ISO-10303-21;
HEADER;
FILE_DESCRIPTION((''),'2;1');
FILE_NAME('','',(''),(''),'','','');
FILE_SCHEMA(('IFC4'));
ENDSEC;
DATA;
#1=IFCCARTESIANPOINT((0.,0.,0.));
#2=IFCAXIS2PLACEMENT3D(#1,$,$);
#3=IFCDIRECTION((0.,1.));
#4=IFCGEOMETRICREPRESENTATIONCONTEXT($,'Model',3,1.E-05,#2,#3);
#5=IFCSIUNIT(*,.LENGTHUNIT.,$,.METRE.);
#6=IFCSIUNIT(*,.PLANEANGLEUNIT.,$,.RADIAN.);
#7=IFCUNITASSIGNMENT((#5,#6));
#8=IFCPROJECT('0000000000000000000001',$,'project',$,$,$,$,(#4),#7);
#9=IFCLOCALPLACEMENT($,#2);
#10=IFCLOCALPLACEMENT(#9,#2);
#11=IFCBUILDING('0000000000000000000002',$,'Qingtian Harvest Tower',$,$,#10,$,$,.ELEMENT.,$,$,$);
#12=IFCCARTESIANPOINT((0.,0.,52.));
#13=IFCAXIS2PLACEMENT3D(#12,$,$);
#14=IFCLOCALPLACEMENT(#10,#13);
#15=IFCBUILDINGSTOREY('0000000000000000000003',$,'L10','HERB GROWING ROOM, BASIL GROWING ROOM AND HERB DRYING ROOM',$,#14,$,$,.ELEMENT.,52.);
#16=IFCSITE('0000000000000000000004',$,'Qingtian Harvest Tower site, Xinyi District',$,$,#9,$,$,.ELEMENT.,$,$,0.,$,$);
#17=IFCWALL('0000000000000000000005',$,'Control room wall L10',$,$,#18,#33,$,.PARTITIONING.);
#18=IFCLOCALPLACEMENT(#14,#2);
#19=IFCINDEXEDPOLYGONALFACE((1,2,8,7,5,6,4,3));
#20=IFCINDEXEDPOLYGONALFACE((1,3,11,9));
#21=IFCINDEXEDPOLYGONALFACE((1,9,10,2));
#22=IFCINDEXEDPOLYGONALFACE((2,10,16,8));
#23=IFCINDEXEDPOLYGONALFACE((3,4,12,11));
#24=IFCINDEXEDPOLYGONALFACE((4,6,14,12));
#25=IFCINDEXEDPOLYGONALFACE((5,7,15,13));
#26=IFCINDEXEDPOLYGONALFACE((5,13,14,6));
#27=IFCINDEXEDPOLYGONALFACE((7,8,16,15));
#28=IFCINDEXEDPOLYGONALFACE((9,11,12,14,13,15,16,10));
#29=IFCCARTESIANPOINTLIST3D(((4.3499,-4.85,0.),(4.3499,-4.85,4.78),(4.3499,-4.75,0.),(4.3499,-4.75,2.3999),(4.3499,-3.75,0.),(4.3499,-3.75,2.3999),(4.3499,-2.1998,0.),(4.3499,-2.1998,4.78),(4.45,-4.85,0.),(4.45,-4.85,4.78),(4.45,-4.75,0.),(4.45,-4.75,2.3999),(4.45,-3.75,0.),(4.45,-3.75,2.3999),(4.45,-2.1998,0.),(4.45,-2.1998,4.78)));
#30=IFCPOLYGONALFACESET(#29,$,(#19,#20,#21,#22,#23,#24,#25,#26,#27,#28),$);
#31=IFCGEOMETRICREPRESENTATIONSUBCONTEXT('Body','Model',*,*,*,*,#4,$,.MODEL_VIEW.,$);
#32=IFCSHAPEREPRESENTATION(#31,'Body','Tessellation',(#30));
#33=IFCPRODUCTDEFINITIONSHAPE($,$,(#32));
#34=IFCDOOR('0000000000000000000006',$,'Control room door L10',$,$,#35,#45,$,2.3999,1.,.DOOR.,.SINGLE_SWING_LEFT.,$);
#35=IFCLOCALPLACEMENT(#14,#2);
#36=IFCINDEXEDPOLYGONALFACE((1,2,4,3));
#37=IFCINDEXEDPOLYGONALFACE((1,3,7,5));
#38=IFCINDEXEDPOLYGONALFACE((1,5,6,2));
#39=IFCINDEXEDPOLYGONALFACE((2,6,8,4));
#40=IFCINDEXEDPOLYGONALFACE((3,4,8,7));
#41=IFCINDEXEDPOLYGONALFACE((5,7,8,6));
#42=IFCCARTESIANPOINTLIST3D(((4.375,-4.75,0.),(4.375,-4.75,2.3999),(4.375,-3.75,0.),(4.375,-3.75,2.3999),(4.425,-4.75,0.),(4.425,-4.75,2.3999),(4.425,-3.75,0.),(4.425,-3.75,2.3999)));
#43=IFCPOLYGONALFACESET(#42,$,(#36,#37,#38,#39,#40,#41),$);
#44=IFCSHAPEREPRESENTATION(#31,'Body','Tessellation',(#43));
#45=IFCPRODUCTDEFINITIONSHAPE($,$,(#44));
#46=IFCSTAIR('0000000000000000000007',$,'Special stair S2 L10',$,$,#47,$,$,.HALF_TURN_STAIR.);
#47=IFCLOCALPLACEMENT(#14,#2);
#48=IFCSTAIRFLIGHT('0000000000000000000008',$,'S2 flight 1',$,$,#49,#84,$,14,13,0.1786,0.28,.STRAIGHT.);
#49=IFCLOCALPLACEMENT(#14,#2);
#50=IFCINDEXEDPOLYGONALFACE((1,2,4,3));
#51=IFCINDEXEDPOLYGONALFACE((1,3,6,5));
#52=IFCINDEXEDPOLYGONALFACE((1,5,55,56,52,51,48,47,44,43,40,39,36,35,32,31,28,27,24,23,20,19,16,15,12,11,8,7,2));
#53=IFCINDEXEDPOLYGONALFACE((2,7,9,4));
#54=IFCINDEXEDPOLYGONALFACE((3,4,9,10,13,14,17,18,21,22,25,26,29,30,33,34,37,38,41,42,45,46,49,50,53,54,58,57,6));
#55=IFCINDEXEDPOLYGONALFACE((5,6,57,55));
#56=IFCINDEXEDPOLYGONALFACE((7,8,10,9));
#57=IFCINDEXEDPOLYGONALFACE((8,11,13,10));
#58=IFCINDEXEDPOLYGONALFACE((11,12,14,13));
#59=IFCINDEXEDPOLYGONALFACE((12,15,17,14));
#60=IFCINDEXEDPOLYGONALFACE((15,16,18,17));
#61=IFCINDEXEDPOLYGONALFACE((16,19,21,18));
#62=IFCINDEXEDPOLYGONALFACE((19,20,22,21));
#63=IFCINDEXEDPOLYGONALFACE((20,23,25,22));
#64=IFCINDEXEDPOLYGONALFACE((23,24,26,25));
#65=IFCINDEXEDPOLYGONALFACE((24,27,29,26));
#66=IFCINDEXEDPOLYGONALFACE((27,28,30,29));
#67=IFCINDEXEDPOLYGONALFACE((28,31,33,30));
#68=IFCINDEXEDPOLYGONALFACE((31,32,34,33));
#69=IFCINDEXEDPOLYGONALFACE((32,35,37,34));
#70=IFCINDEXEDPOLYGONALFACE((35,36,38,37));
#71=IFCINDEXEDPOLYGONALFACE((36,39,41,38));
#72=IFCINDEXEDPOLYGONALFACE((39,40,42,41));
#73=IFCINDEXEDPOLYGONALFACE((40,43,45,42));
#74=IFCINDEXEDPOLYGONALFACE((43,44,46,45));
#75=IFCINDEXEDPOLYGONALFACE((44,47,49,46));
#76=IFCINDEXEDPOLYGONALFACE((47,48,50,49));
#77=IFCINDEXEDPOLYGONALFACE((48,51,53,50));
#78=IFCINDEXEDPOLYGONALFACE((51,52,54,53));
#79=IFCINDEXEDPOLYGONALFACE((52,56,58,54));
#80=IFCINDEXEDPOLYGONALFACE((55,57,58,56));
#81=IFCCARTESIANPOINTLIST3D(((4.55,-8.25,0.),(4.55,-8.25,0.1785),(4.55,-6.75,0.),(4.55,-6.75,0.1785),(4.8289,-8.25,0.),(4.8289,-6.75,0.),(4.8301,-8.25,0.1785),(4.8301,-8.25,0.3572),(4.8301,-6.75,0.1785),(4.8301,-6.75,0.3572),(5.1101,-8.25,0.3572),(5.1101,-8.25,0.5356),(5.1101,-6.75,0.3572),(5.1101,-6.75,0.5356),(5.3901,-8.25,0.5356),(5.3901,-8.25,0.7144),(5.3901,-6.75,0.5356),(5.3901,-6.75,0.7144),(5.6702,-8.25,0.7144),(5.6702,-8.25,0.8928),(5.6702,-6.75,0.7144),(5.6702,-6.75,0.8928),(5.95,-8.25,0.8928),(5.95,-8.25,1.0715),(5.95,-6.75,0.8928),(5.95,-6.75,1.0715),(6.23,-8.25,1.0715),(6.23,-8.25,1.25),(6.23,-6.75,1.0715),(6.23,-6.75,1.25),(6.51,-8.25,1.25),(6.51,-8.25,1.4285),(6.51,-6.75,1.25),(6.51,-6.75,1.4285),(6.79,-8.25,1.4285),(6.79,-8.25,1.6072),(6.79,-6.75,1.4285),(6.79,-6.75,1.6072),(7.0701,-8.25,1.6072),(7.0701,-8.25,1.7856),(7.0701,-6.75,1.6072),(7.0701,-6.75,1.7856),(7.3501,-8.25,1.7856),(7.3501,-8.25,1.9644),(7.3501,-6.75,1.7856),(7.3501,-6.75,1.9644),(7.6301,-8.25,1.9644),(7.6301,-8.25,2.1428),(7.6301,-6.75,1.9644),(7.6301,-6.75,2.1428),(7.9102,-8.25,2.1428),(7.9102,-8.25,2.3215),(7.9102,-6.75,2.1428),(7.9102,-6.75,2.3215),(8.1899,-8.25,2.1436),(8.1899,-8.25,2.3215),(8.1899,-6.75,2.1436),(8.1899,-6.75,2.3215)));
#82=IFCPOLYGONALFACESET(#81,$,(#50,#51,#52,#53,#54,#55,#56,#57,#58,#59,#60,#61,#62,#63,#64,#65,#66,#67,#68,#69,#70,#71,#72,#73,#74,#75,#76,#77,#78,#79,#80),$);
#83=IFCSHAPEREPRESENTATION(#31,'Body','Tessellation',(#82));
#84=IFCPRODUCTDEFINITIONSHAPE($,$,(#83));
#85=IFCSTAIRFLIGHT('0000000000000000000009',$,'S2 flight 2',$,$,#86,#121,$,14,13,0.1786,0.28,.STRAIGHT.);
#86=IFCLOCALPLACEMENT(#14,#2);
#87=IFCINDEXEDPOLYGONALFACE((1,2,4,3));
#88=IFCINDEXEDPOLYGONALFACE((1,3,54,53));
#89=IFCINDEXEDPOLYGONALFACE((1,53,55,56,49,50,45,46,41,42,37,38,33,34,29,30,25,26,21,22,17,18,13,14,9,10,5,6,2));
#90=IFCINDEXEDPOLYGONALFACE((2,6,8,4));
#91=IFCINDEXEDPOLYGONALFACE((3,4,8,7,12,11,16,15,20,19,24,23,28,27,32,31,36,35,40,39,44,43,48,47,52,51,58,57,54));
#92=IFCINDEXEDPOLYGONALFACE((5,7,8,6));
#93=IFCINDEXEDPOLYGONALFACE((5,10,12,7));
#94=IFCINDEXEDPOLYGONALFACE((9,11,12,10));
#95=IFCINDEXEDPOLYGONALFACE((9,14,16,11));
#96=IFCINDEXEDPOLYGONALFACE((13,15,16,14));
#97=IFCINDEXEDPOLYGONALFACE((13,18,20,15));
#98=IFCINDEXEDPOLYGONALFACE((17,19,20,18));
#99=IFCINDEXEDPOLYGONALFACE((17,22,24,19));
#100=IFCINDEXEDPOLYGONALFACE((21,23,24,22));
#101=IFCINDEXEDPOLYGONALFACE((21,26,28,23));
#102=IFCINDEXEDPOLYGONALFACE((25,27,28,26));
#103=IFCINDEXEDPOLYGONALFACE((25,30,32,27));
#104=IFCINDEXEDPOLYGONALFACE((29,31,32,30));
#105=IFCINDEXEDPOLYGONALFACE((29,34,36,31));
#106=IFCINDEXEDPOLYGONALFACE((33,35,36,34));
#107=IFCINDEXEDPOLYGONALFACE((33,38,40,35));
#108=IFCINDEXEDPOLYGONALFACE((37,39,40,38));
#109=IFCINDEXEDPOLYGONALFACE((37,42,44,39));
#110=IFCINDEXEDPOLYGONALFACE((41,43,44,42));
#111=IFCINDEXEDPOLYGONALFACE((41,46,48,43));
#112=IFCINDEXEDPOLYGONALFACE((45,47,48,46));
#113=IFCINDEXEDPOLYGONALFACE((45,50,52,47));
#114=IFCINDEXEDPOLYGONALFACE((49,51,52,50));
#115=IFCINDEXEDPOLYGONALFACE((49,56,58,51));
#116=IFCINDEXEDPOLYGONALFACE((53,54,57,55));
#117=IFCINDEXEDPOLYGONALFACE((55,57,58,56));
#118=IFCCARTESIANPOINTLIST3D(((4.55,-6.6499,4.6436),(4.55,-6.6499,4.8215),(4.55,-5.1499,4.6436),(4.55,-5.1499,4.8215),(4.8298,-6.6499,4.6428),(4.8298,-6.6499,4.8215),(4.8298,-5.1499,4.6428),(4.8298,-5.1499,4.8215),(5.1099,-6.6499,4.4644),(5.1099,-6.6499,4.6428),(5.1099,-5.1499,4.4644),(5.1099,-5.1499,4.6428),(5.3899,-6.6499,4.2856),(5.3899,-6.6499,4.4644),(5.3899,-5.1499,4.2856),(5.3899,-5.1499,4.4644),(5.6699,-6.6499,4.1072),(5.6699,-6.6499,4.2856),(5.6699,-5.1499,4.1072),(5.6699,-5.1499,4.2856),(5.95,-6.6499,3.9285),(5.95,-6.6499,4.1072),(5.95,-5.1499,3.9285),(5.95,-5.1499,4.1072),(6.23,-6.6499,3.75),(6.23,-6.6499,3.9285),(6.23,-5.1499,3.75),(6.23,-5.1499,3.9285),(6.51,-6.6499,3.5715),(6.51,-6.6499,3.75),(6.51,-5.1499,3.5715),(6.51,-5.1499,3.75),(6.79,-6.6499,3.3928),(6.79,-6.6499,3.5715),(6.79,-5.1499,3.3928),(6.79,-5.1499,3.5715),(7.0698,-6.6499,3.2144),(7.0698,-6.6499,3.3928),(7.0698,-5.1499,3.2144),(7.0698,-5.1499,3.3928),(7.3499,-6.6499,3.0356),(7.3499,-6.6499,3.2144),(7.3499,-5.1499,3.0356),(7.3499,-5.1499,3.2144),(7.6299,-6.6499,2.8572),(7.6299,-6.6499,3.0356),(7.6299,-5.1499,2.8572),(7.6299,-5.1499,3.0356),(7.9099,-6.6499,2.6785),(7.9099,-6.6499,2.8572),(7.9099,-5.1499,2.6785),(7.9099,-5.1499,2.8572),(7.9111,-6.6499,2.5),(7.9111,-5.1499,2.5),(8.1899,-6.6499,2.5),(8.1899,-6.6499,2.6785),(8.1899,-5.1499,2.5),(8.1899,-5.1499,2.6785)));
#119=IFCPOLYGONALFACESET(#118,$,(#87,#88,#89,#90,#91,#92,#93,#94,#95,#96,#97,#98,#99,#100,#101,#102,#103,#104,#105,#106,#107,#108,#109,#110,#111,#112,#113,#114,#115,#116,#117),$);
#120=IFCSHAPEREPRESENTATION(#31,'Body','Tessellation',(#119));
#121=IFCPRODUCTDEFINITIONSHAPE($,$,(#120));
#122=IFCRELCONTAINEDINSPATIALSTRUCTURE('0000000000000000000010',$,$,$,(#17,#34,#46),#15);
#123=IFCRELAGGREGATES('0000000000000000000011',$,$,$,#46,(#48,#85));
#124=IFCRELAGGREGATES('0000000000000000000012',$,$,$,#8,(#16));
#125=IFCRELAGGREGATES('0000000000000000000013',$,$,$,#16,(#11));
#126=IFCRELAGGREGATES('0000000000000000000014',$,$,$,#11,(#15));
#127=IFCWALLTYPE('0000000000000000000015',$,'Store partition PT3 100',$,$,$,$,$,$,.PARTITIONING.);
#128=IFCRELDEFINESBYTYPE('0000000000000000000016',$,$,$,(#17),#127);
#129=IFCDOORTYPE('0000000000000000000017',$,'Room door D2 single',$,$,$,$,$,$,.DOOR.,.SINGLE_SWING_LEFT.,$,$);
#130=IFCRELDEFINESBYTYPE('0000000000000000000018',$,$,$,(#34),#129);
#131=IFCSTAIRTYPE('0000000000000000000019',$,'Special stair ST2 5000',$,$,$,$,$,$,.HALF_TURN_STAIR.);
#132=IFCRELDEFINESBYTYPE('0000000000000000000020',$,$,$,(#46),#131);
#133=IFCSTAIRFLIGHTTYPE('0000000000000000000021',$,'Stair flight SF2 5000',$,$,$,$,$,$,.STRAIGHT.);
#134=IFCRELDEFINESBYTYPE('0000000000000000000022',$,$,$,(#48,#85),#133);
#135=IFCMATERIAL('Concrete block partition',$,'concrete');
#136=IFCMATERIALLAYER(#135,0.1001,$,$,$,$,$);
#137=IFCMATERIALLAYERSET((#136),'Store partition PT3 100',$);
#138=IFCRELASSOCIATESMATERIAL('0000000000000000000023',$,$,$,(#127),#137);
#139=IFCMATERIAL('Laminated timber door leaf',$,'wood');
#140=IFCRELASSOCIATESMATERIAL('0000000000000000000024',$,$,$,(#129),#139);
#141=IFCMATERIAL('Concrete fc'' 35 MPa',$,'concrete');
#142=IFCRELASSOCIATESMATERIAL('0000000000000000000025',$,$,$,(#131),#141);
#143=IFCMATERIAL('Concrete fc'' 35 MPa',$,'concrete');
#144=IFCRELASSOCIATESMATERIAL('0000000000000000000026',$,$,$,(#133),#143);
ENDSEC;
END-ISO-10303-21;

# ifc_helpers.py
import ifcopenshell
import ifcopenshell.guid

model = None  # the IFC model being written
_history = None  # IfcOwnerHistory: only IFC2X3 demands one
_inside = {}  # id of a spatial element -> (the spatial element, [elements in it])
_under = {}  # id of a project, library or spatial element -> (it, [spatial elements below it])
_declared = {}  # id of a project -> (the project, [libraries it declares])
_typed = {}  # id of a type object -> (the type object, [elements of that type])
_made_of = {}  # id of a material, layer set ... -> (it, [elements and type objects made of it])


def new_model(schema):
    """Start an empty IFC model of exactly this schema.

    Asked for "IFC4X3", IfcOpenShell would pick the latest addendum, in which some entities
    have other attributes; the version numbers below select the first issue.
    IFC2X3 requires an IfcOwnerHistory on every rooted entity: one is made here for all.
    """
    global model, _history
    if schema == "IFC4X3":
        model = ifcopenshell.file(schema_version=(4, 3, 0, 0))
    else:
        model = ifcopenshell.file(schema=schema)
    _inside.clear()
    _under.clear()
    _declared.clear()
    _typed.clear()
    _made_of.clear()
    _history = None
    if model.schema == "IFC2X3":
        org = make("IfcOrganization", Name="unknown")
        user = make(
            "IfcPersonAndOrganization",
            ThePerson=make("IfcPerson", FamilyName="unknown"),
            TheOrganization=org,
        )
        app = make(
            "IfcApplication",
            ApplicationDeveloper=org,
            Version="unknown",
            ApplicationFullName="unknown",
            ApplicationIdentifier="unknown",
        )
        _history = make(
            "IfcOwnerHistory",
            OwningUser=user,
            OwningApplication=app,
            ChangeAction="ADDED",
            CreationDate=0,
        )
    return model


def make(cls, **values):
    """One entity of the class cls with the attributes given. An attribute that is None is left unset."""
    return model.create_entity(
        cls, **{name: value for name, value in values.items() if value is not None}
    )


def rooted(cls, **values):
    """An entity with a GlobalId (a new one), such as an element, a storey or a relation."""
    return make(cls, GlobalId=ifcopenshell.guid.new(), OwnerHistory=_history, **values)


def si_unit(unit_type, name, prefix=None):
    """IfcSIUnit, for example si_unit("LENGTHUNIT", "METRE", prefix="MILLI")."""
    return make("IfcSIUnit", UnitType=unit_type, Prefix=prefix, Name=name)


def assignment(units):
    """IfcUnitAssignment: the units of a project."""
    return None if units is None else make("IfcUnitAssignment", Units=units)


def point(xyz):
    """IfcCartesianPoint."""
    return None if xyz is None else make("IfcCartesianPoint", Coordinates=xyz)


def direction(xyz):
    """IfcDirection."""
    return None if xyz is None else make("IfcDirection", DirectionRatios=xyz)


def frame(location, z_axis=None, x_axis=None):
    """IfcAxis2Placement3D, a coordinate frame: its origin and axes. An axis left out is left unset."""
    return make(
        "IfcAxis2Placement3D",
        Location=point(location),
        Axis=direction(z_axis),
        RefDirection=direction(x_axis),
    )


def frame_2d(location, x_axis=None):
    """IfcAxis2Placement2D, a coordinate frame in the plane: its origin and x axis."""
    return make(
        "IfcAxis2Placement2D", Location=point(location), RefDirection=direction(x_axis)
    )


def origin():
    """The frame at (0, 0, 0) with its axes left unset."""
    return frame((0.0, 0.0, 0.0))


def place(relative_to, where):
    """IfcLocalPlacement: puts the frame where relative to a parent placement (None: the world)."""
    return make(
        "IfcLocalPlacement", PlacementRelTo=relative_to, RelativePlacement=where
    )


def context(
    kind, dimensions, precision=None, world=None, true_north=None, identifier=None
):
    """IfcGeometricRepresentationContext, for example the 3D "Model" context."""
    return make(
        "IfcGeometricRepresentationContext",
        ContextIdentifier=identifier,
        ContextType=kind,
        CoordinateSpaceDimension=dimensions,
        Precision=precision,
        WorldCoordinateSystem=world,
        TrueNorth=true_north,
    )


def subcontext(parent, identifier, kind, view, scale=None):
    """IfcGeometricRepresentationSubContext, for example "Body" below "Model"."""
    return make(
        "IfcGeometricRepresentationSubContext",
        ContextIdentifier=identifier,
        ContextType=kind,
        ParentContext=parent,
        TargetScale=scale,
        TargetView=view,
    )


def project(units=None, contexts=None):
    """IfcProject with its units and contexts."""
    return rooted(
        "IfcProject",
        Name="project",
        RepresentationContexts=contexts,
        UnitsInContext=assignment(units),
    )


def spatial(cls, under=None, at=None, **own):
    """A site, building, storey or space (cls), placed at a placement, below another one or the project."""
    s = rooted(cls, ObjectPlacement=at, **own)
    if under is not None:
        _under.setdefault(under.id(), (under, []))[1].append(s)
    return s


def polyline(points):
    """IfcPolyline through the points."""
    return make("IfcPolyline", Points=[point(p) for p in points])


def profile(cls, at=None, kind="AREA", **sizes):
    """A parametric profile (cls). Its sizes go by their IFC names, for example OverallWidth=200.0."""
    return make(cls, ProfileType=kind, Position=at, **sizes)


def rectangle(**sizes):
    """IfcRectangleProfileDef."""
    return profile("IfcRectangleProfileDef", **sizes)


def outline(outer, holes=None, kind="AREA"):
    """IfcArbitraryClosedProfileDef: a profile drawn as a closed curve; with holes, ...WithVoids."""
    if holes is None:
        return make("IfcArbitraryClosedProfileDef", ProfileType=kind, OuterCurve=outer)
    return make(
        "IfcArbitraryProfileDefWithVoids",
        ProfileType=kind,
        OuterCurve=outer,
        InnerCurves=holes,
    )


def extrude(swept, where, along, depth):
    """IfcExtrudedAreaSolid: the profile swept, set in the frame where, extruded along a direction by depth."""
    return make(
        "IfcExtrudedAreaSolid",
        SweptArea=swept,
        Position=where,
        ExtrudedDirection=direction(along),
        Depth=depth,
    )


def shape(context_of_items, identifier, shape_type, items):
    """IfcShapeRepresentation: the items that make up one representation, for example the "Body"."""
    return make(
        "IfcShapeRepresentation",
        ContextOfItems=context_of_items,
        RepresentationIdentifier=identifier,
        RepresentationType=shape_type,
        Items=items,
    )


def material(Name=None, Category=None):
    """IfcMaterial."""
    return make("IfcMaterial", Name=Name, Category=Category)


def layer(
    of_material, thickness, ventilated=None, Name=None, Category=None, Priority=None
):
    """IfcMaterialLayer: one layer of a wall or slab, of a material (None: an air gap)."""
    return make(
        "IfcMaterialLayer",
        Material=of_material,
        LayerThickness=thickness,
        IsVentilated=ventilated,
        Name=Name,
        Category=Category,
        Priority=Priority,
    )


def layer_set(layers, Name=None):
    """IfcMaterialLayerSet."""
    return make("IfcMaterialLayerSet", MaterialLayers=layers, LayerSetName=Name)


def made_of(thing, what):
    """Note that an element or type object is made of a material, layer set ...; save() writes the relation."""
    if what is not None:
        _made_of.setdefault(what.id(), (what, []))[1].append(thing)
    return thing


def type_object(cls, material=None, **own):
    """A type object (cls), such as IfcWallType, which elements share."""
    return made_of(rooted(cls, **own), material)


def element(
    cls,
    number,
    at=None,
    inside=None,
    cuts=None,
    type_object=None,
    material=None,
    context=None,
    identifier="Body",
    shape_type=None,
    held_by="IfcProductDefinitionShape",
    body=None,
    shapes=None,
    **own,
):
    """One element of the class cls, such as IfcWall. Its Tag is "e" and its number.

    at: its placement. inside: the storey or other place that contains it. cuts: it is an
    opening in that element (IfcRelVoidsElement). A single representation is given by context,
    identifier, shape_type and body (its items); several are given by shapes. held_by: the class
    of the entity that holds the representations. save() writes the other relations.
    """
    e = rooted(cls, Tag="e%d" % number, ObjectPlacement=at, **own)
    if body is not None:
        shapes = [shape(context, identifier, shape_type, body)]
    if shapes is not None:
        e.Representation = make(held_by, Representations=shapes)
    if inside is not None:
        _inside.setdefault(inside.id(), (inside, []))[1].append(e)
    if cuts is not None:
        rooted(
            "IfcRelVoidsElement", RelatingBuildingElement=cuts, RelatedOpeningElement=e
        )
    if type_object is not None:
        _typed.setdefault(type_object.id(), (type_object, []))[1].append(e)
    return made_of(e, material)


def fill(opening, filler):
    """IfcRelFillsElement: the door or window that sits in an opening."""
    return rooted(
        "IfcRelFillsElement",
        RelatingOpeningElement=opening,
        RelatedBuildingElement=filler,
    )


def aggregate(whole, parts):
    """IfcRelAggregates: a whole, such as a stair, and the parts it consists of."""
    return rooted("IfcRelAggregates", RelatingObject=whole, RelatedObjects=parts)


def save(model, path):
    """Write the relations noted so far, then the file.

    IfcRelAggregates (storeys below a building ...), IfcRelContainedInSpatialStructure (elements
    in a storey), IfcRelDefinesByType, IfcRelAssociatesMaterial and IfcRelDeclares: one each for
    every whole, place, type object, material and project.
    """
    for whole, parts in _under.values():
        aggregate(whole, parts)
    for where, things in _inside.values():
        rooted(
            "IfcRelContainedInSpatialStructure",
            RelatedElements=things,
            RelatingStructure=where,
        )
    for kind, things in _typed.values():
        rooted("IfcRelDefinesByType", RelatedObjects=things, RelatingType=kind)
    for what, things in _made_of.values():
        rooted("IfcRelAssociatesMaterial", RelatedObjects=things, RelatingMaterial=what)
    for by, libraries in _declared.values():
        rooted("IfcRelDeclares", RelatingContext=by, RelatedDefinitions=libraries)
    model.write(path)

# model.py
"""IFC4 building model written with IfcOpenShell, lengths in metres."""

from ifc_helpers import new_model, si_unit, direction, frame, frame_2d, origin, place, context, subcontext, project, spatial, polyline, rectangle, outline, extrude, material, layer, layer_set, type_object, element, fill, aggregate, save


model = new_model("IFC4")

# Units and contexts
model_context = context("Model", 3, precision=1e-05, world=origin(), true_north=direction((0.0, 1.0)))
body_context = subcontext(model_context, "Body", "Model", "MODEL_VIEW")
ifc_project = project(units=[si_unit("LENGTHUNIT", "METRE"), si_unit("PLANEANGLEUNIT", "RADIAN")], contexts=[model_context])

# Site, building, storey
site_placement = place(None, origin())
site = spatial("IfcSite", under=ifc_project, at=site_placement, Name="Qingtian Harvest Tower site, Xinyi District", CompositionType="ELEMENT", RefElevation=0.0)
building_placement = place(site_placement, origin())
building = spatial("IfcBuilding", under=site, at=building_placement, Name="Qingtian Harvest Tower", CompositionType="ELEMENT")
storey_placement = place(building_placement, frame((0.0, 0.0, 52.0)))
storey = spatial("IfcBuildingStorey", under=building, at=storey_placement, Name="L10", Description="HERB GROWING ROOM, BASIL GROWING ROOM AND HERB DRYING ROOM", CompositionType="ELEMENT", Elevation=52.0)

# Wall, opening, door
ifc_material_1 = material(Name="Concrete block partition", Category="concrete")
ifc_layer_1 = layer(ifc_material_1, 0.1001)
ifc_layer_set_1 = layer_set([ifc_layer_1], Name="Store partition PT3 100")
wall_type_1 = type_object("IfcWallType", Name="Store partition PT3 100", PredefinedType="PARTITIONING", material=ifc_layer_set_1)
wall_1_placement = place(storey_placement, frame((4.3999, -4.8501, 0.0), z_axis=(0.0, 0.0, 1.0), x_axis=(0.0, 1.0, 0.0)))
wall_1 = element("IfcWall", 1, at=wall_1_placement, inside=storey, type_object=wall_type_1, Name="Control room wall L10", PredefinedType="PARTITIONING", context=body_context, shape_type="SweptSolid", body=[
    extrude(rectangle(XDim=2.6501, YDim=0.1001, at=frame_2d((1.3252, 0.0))), origin(), (0.0, 0.0, 1.0), 4.78),
])
opening_1_placement = place(wall_1_placement, frame((0.1001, 0.0, 0.0)))
opening_1 = element("IfcOpeningElement", 2, at=opening_1_placement, cuts=wall_1, PredefinedType="OPENING", context=body_context, shape_type="SweptSolid", body=[
    extrude(rectangle(XDim=1.0, YDim=2.3999, at=frame_2d((0.5, 1.2))), frame((0.0, 0.0601, 0.0), z_axis=(0.0, -1.0, 0.0), x_axis=(1.0, 0.0, 0.0)), (0.0, 0.0, 1.0), 0.1201),
])
ifc_material_2 = material(Name="Laminated timber door leaf", Category="wood")
door_type_1 = type_object("IfcDoorType", Name="Room door D2 single", OperationType="SINGLE_SWING_LEFT", PredefinedType="DOOR", material=ifc_material_2)
door_1_placement = place(opening_1_placement, origin())
door_1 = element("IfcDoor", 3, at=door_1_placement, inside=storey, type_object=door_type_1, Name="Control room door L10", OperationType="SINGLE_SWING_LEFT", OverallHeight=2.3999, OverallWidth=1.0, PredefinedType="DOOR", context=body_context, shape_type="SweptSolid", body=[
    extrude(rectangle(XDim=1.0, YDim=2.3999, at=frame_2d((0.5, 1.2))), frame((0.0, 0.0249, 0.0), z_axis=(0.0, -1.0, 0.0), x_axis=(1.0, 0.0, 0.0)), (0.0, 0.0, 1.0), 0.05),
])
fill(opening_1, door_1)

# Stair, stair flights
ifc_material_3 = material(Name="Concrete fc' 35 MPa", Category="concrete")
stair_type = type_object("IfcStairType", Name="Special stair ST2 5000", PredefinedType="HALF_TURN_STAIR", material=ifc_material_3)
stair_placement = place(storey_placement, origin())
stair = element("IfcStair", 4, at=stair_placement, inside=storey, type_object=stair_type, Name="Special stair S2 L10", PredefinedType="HALF_TURN_STAIR")
ifc_material_4 = material(Name="Concrete fc' 35 MPa", Category="concrete")
stair_flight_type = type_object("IfcStairFlightType", Name="Stair flight SF2 5000", PredefinedType="STRAIGHT", material=ifc_material_4)
stair_flight_1_placement = place(storey_placement, frame((4.55, -7.5, 0.0), z_axis=(0.0, 0.0, 1.0), x_axis=(1.0, 0.0, 0.0)))
stair_flight_1 = element("IfcStairFlight", 5, at=stair_flight_1_placement, type_object=stair_flight_type, Name="S2 flight 1", NumberOfRisers=14, NumberOfTreads=13, PredefinedType="STRAIGHT", RiserHeight=0.1786, TreadLength=0.28, context=body_context, shape_type="SweptSolid", body=[
    extrude(outline(polyline([(0.0, 0.0), (0.0, 0.1785), (0.28, 0.1785), (0.28, 0.3572), (0.5601, 0.3572), (0.5601, 0.5356), (0.8401, 0.5356), (0.8401, 0.7144), (1.1201, 0.7144), (1.1201, 0.8928), (1.3999, 0.8928), (1.3999, 1.0715), (1.6799, 1.0715), (1.6799, 1.25), (1.96, 1.25), (1.96, 1.4285), (2.24, 1.4285), (2.24, 1.6072), (2.52, 1.6072), (2.52, 1.7856), (2.8, 1.7856), (2.8, 1.9644), (3.0801, 1.9644), (3.0801, 2.1428), (3.3601, 2.1428), (3.3601, 2.3215), (3.6399, 2.3215), (3.6399, 2.5), (3.6399, 2.1436), (0.2788, 0.0), (0.0, 0.0)])), frame((0.0, 0.75, 0.0), z_axis=(0.0, -1.0, 0.0), x_axis=(1.0, 0.0, 0.0)), (0.0, 0.0, 1.0), 1.5),
])
stair_flight_2_placement = place(storey_placement, frame((8.1899, -5.8999, 2.5), z_axis=(0.0, 0.0, 1.0), x_axis=(-1.0, 0.0, 0.0)))
stair_flight_2 = element("IfcStairFlight", 6, at=stair_flight_2_placement, type_object=stair_flight_type, Name="S2 flight 2", NumberOfRisers=14, NumberOfTreads=13, PredefinedType="STRAIGHT", RiserHeight=0.1786, TreadLength=0.28, context=body_context, shape_type="SweptSolid", body=[
    extrude(outline(polyline([(0.0, 0.0), (0.0, 0.1785), (0.28, 0.1785), (0.28, 0.3572), (0.5601, 0.3572), (0.5601, 0.5356), (0.8401, 0.5356), (0.8401, 0.7144), (1.1201, 0.7144), (1.1201, 0.8928), (1.3999, 0.8928), (1.3999, 1.0715), (1.6799, 1.0715), (1.6799, 1.25), (1.96, 1.25), (1.96, 1.4285), (2.24, 1.4285), (2.24, 1.6072), (2.52, 1.6072), (2.52, 1.7856), (2.8, 1.7856), (2.8, 1.9644), (3.0801, 1.9644), (3.0801, 2.1428), (3.3601, 2.1428), (3.3601, 2.3215), (3.6399, 2.3215), (3.6399, 2.5), (3.6399, 2.1436), (0.2788, 0.0), (0.0, 0.0)])), frame((0.0, 0.75, 0.0), z_axis=(0.0, -1.0, 0.0), x_axis=(1.0, 0.0, 0.0)), (0.0, 0.0, 1.0), 1.5),
])
aggregate(stair, [stair_flight_1, stair_flight_2])

save(model, "model.ifc")
